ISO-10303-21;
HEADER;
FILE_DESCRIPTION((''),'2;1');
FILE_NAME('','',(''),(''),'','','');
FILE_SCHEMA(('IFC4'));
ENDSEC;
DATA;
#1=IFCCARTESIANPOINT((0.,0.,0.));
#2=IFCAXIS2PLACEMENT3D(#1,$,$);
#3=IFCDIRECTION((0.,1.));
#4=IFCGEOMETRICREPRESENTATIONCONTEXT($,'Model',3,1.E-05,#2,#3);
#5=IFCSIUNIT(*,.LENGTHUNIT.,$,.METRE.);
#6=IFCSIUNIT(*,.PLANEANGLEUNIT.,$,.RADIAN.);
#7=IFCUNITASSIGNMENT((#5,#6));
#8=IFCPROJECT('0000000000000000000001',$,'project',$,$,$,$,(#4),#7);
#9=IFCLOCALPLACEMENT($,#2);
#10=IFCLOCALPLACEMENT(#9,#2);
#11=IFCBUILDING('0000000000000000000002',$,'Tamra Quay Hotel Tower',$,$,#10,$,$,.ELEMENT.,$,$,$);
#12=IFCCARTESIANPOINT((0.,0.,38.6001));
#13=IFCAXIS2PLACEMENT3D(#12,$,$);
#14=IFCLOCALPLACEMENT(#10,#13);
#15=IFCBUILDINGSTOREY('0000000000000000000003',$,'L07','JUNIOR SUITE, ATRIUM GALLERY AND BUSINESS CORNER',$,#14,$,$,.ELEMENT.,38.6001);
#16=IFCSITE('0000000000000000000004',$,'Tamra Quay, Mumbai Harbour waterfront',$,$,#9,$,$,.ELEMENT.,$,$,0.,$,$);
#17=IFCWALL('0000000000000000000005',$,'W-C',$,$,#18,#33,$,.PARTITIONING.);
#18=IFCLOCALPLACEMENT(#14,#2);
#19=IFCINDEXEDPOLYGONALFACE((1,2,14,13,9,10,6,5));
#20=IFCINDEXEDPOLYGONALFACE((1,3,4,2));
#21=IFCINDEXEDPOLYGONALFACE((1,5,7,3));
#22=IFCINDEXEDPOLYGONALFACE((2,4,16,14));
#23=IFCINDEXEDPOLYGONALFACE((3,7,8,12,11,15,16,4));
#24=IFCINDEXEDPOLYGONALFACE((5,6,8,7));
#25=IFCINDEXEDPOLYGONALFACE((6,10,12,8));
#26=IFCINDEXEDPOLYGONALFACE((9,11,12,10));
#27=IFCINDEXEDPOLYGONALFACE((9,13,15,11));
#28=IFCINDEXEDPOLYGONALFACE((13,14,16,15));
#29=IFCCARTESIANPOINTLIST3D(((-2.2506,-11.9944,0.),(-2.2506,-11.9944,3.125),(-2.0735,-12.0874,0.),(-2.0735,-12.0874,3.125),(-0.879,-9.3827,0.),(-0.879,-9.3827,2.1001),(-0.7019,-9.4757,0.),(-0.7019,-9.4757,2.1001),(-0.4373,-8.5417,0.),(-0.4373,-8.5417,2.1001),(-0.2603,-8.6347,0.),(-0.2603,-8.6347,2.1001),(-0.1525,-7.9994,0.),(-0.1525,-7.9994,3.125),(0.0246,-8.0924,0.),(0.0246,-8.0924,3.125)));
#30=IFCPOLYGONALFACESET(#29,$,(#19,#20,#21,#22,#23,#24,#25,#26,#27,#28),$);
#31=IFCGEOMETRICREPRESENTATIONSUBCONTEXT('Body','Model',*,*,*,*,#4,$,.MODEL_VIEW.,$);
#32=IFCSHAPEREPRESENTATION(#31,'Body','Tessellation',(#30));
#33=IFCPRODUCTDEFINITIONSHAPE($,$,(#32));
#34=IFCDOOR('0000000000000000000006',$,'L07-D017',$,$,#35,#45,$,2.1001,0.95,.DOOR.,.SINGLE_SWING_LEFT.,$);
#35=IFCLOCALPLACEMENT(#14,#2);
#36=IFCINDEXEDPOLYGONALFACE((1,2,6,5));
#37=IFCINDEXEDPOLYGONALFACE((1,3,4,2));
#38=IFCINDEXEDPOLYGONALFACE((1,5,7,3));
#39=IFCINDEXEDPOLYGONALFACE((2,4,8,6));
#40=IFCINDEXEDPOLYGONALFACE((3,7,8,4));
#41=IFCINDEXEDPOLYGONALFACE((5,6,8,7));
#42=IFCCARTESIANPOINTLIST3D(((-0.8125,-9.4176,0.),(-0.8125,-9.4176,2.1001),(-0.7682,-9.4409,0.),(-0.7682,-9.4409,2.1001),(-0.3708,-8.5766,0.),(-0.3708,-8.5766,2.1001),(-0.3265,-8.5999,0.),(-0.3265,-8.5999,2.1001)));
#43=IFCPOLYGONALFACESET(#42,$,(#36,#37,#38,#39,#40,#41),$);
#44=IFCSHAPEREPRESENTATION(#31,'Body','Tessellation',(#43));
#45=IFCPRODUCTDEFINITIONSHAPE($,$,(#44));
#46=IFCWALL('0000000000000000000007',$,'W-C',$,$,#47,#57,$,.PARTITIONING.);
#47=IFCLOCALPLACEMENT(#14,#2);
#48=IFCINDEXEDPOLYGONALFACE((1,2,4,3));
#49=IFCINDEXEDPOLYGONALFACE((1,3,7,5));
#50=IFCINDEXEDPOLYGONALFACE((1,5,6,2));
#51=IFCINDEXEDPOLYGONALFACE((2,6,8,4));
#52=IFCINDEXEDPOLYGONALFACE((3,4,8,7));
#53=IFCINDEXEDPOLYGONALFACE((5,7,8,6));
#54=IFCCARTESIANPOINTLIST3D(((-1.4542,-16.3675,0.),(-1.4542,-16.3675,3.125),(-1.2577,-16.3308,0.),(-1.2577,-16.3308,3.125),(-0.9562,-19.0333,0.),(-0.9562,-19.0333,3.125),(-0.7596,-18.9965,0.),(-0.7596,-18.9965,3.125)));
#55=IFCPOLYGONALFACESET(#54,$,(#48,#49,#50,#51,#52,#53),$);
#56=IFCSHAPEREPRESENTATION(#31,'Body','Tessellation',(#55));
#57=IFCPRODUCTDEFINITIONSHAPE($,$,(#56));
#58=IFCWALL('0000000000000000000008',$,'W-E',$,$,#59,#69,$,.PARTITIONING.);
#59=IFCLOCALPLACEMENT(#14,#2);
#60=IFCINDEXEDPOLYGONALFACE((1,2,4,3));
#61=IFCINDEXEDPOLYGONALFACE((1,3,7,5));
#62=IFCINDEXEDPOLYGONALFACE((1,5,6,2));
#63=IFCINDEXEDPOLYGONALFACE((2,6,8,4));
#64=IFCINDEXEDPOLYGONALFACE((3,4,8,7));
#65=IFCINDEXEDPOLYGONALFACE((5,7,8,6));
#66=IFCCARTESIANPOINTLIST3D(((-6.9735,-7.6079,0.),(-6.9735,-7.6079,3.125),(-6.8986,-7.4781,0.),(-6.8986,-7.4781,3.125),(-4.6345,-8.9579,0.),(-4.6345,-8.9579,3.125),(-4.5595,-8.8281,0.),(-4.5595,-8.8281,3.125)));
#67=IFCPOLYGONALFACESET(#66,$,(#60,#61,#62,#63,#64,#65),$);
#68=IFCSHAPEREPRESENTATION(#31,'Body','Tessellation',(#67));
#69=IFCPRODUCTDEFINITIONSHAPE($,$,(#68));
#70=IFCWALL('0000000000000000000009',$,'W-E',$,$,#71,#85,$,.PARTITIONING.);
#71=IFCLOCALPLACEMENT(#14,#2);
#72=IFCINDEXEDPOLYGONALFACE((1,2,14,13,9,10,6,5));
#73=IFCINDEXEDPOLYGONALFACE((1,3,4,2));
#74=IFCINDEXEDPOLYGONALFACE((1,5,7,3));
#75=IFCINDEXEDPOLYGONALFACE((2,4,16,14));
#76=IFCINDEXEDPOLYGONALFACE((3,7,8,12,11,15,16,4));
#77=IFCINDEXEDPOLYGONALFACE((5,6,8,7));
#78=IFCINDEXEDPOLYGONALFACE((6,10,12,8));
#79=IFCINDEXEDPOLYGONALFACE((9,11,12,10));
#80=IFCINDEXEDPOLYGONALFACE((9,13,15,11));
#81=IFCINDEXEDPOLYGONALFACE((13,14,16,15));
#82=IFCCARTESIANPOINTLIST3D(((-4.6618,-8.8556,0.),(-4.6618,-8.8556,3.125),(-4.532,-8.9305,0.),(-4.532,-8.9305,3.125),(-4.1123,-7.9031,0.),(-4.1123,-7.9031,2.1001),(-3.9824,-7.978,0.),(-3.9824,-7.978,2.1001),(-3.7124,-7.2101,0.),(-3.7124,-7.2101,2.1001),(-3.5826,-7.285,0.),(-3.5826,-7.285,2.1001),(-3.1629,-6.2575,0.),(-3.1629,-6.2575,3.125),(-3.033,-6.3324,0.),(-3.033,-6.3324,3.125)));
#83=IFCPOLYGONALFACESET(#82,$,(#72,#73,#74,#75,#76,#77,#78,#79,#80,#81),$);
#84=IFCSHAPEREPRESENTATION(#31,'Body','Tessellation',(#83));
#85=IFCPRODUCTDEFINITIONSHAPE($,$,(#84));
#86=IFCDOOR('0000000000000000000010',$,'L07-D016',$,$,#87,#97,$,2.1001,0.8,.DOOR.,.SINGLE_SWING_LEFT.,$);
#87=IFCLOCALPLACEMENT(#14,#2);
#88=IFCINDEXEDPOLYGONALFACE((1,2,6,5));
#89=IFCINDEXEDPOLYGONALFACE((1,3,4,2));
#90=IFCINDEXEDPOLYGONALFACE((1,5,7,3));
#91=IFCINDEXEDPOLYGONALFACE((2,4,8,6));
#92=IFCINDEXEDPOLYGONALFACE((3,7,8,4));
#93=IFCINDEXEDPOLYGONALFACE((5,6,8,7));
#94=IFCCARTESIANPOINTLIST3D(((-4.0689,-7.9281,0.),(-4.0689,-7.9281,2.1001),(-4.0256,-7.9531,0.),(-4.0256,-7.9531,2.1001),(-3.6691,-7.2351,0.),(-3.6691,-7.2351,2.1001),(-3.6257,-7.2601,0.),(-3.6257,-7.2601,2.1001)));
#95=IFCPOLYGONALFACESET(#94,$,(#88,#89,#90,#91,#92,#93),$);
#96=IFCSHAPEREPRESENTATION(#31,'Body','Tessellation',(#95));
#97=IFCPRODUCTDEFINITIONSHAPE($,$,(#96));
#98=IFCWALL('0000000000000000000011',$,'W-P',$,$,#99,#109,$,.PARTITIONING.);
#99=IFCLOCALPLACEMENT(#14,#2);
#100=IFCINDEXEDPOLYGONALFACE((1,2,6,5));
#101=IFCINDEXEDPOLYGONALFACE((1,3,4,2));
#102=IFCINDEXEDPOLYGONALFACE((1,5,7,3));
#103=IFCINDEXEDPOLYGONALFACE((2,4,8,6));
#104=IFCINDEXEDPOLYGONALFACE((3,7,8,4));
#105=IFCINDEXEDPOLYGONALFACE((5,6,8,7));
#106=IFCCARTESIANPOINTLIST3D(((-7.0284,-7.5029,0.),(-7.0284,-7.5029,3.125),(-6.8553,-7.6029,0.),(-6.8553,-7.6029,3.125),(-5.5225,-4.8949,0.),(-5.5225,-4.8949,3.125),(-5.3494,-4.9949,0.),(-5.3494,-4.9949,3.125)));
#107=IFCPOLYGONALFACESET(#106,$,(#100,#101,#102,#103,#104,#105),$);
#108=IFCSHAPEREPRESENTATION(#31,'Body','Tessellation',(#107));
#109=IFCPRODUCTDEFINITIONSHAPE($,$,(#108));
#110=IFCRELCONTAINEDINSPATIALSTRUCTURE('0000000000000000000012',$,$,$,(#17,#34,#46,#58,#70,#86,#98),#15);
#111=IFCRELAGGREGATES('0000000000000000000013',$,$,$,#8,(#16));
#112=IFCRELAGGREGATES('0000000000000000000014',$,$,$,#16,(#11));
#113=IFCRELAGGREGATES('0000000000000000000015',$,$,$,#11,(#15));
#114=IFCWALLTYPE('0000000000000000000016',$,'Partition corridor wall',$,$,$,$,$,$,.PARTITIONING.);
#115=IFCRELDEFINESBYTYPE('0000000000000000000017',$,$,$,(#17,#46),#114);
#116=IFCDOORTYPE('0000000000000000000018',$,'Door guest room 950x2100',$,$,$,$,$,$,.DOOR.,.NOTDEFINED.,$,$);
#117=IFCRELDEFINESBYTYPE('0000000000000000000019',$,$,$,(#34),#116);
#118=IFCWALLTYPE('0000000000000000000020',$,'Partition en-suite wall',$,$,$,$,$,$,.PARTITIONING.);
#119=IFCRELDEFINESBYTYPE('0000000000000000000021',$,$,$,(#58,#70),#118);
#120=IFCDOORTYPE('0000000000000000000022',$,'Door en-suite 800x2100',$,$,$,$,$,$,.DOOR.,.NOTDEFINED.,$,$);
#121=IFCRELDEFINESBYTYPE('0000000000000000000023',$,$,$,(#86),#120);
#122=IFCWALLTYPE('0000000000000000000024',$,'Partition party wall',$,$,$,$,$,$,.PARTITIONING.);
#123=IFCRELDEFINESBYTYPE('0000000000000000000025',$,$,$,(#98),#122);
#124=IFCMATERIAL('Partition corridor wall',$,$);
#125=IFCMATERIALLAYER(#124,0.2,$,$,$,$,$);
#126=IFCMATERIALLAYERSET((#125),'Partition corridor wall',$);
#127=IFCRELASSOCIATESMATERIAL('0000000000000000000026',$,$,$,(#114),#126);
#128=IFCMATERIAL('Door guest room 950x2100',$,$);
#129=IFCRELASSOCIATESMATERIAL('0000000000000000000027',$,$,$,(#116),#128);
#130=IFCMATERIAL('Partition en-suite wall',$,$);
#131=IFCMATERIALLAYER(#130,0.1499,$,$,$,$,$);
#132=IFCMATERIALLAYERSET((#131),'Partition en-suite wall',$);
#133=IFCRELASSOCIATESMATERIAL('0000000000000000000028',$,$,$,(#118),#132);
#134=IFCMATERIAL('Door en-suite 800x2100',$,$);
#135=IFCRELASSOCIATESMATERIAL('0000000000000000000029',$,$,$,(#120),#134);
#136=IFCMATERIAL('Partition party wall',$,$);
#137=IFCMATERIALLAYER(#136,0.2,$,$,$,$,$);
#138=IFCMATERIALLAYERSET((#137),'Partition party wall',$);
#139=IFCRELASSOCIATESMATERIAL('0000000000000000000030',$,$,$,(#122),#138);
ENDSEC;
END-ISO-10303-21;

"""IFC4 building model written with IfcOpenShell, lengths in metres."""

from ifc_helpers import new_model, si_unit, direction, frame, frame_2d, origin, place, context, subcontext, project, spatial, rectangle, extrude, material, layer, layer_set, type_object, element, fill, save


model = new_model("IFC4")

# Units and contexts
model_context = context("Model", 3, precision=1e-05, world=origin(), true_north=direction((0.0, 1.0)))
body_context = subcontext(model_context, "Body", "Model", "MODEL_VIEW")
ifc_project = project(units=[si_unit("LENGTHUNIT", "METRE"), si_unit("PLANEANGLEUNIT", "RADIAN")], contexts=[model_context])

# Site, building, storey
site_placement = place(None, origin())
site = spatial("IfcSite", under=ifc_project, at=site_placement, Name="Tamra Quay, Mumbai Harbour waterfront", CompositionType="ELEMENT", RefElevation=0.0)
building_placement = place(site_placement, origin())
building = spatial("IfcBuilding", under=site, at=building_placement, Name="Tamra Quay Hotel Tower", CompositionType="ELEMENT")
storey_placement = place(building_placement, frame((0.0, 0.0, 38.6001)))
storey = spatial("IfcBuildingStorey", under=building, at=storey_placement, Name="L07", Description="JUNIOR SUITE, ATRIUM GALLERY AND BUSINESS CORNER", CompositionType="ELEMENT", Elevation=38.6001)

# Shared definitions
ifc_material_1 = material(Name="Partition corridor wall")
ifc_layer_1 = layer(ifc_material_1, 0.2)
ifc_layer_set_1 = layer_set([ifc_layer_1], Name="Partition corridor wall")
wall_type_1 = type_object("IfcWallType", Name="Partition corridor wall", PredefinedType="PARTITIONING", material=ifc_layer_set_1)

# Shared definitions
ifc_material_2 = material(Name="Door guest room 950x2100")
door_type_1 = type_object("IfcDoorType", Name="Door guest room 950x2100", OperationType="NOTDEFINED", PredefinedType="DOOR", material=ifc_material_2)

# Wall, opening, door
wall_1_placement = place(storey_placement, frame((-2.1621, -12.041, 0.0), z_axis=(0.0, 0.0, 1.0), x_axis=(0.464957, 0.885333, 0.0)))
wall_1 = element("IfcWall", 1, at=wall_1_placement, inside=storey, type_object=wall_type_1, Name="W-C", PredefinedType="PARTITIONING", context=body_context, shape_type="SweptSolid", body=[
    extrude(rectangle(XDim=4.5125, YDim=0.2, at=frame_2d((2.2563, 0.0))), origin(), (0.0, 0.0, 1.0), 3.125),
])
opening_1_placement = place(wall_1_placement, frame((2.95, 0.0, 0.0)))
opening_1 = element("IfcOpeningElement", 2, at=opening_1_placement, cuts=wall_1, PredefinedType="OPENING", context=body_context, shape_type="SweptSolid", body=[
    extrude(rectangle(XDim=0.95, YDim=2.1001, at=frame_2d((0.4751, 1.05))), frame((0.0, 0.1099, 0.0), z_axis=(0.0, -1.0, 0.0), x_axis=(1.0, 0.0, 0.0)), (0.0, 0.0, 1.0), 0.22),
])
door_1_placement = place(opening_1_placement, origin())
door_1 = element("IfcDoor", 3, at=door_1_placement, inside=storey, type_object=door_type_1, Name="L07-D017", OperationType="SINGLE_SWING_LEFT", OverallHeight=2.1001, OverallWidth=0.95, PredefinedType="DOOR", context=body_context, shape_type="SweptSolid", body=[
    extrude(rectangle(XDim=0.95, YDim=2.1001, at=frame_2d((0.4751, 1.05))), frame((0.0, 0.0249, 0.0), z_axis=(0.0, -1.0, 0.0), x_axis=(1.0, 0.0, 0.0)), (0.0, 0.0, 1.0), 0.05),
])
fill(opening_1, door_1)

# Walls
wall_2_placement = place(storey_placement, frame((-1.356, -16.3491, 0.0), z_axis=(0.0, 0.0, 1.0), x_axis=(0.183653, -0.982991, 0.0)))
element("IfcWall", 4, at=wall_2_placement, inside=storey, type_object=wall_type_1, Name="W-C", PredefinedType="PARTITIONING", context=body_context, shape_type="SweptSolid", body=[
    extrude(rectangle(XDim=2.7119, YDim=0.2, at=frame_2d((1.356, 0.0))), origin(), (0.0, 0.0, 1.0), 3.125),
])
ifc_material_3 = material(Name="Partition en-suite wall")
ifc_layer_2 = layer(ifc_material_3, 0.1499)
ifc_layer_set_2 = layer_set([ifc_layer_2], Name="Partition en-suite wall")
wall_type_2 = type_object("IfcWallType", Name="Partition en-suite wall", PredefinedType="PARTITIONING", material=ifc_layer_set_2)
wall_3_placement = place(storey_placement, frame((-6.936, -7.543, 0.0), z_axis=(0.0, 0.0, 1.0), x_axis=(0.866088, -0.499892, 0.0)))
element("IfcWall", 5, at=wall_3_placement, inside=storey, type_object=wall_type_2, Name="W-E", PredefinedType="PARTITIONING", context=body_context, shape_type="SweptSolid", body=[
    extrude(rectangle(XDim=2.7007, YDim=0.1499, at=frame_2d((1.3503, 0.0))), origin(), (0.0, 0.0, 1.0), 3.125),
])

# Wall, opening, door
wall_4_placement = place(storey_placement, frame((-4.5969, -8.8931, 0.0), z_axis=(0.0, 0.0, 1.0), x_axis=(0.499746, 0.866172, 0.0)))
wall_4 = element("IfcWall", 6, at=wall_4_placement, inside=storey, type_object=wall_type_2, Name="W-E", PredefinedType="PARTITIONING", context=body_context, shape_type="SweptSolid", body=[
    extrude(rectangle(XDim=2.9995, YDim=0.1499, at=frame_2d((1.4998, 0.0))), origin(), (0.0, 0.0, 1.0), 3.125),
])
opening_2_placement = place(wall_4_placement, frame((1.0999, 0.0, 0.0)))
opening_2 = element("IfcOpeningElement", 7, at=opening_2_placement, cuts=wall_4, PredefinedType="OPENING", context=body_context, shape_type="SweptSolid", body=[
    extrude(rectangle(XDim=0.8, YDim=2.1001, at=frame_2d((0.3999, 1.05))), frame((0.0, 0.085, 0.0), z_axis=(0.0, -1.0, 0.0), x_axis=(1.0, 0.0, 0.0)), (0.0, 0.0, 1.0), 0.1699),
])
ifc_material_4 = material(Name="Door en-suite 800x2100")
door_type_2 = type_object("IfcDoorType", Name="Door en-suite 800x2100", OperationType="NOTDEFINED", PredefinedType="DOOR", material=ifc_material_4)
door_2_placement = place(opening_2_placement, origin())
door_2 = element("IfcDoor", 8, at=door_2_placement, inside=storey, type_object=door_type_2, Name="L07-D016", OperationType="SINGLE_SWING_LEFT", OverallHeight=2.1001, OverallWidth=0.8, PredefinedType="DOOR", context=body_context, shape_type="SweptSolid", body=[
    extrude(rectangle(XDim=0.8, YDim=2.1001, at=frame_2d((0.3999, 1.05))), frame((0.0, 0.0249, 0.0), z_axis=(0.0, -1.0, 0.0), x_axis=(1.0, 0.0, 0.0)), (0.0, 0.0, 1.0), 0.05),
])
fill(opening_2, door_2)

# Wall
ifc_material_5 = material(Name="Partition party wall")
ifc_layer_3 = layer(ifc_material_5, 0.2)
ifc_layer_set_3 = layer_set([ifc_layer_3], Name="Partition party wall")
wall_type_3 = type_object("IfcWallType", Name="Partition party wall", PredefinedType="PARTITIONING", material=ifc_layer_set_3)
wall_5_placement = place(storey_placement, frame((-6.9419, -7.553, 0.0), z_axis=(0.0, 0.0, 1.0), x_axis=(0.500045, 0.865999, 0.0)))
element("IfcWall", 9, at=wall_5_placement, inside=storey, type_object=wall_type_3, Name="W-P", PredefinedType="PARTITIONING", context=body_context, shape_type="SweptSolid", body=[
    extrude(rectangle(XDim=3.0115, YDim=0.2, at=frame_2d((1.5059, 0.0))), origin(), (0.0, 0.0, 1.0), 3.125),
])

save(model, "model.ifc")
